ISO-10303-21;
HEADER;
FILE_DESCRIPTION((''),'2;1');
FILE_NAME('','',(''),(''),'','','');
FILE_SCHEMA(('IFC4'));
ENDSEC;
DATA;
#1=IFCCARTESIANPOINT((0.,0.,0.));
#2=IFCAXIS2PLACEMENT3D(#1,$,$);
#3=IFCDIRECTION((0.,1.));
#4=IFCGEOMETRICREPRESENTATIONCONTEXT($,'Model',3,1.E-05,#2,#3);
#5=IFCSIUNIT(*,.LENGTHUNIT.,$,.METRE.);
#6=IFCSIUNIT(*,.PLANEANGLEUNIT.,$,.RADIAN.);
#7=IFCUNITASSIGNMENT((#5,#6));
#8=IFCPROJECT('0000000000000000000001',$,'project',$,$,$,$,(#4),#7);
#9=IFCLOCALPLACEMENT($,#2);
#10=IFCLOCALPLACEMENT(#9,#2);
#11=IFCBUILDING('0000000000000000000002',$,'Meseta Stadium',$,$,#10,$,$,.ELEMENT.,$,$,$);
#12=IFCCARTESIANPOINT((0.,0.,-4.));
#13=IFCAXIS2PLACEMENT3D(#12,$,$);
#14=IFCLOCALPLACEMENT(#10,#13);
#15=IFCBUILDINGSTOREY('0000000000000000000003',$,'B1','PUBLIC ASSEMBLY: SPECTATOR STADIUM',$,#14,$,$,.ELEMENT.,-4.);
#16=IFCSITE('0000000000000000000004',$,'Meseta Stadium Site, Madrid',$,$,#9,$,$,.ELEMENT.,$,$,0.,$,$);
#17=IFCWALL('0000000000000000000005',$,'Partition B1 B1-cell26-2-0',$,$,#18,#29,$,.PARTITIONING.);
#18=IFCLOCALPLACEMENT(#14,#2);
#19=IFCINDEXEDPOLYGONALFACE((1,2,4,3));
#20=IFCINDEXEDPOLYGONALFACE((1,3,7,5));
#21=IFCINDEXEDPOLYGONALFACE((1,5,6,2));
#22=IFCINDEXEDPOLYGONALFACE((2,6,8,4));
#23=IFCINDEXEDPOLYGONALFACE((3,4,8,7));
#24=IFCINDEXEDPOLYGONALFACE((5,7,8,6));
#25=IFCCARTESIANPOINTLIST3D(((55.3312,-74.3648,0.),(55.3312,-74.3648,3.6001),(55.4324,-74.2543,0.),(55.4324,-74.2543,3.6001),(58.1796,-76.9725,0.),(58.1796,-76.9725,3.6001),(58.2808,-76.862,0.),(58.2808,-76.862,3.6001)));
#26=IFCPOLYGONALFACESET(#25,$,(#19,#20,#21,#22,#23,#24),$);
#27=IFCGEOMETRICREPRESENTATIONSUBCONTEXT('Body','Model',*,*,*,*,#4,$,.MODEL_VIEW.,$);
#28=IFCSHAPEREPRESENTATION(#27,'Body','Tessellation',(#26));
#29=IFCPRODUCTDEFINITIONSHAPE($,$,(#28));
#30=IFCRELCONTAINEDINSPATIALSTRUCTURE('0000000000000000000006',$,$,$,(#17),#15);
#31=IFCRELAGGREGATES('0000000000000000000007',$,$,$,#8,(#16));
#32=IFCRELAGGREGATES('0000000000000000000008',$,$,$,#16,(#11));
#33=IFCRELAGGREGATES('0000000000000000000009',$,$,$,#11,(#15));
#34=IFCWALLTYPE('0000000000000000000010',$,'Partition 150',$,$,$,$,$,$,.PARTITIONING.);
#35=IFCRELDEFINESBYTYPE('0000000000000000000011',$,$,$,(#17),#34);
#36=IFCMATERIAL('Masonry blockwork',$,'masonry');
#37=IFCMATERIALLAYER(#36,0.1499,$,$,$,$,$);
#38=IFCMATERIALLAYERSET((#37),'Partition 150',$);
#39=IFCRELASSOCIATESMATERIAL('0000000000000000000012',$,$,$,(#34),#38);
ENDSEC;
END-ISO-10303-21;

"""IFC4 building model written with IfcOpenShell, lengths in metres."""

from ifc_helpers import new_model, si_unit, direction, frame, frame_2d, origin, place, context, subcontext, project, spatial, rectangle, extrude, material, layer, layer_set, type_object, element, save


model = new_model("IFC4")

# Units and contexts
model_context = context("Model", 3, precision=1e-05, world=origin(), true_north=direction((0.0, 1.0)))
body_context = subcontext(model_context, "Body", "Model", "MODEL_VIEW")
ifc_project = project(units=[si_unit("LENGTHUNIT", "METRE"), si_unit("PLANEANGLEUNIT", "RADIAN")], contexts=[model_context])

# Site, building, storey
site_placement = place(None, origin())
site = spatial("IfcSite", under=ifc_project, at=site_placement, Name="Meseta Stadium Site, Madrid", CompositionType="ELEMENT", RefElevation=0.0)
building_placement = place(site_placement, origin())
building = spatial("IfcBuilding", under=site, at=building_placement, Name="Meseta Stadium", CompositionType="ELEMENT")
storey_placement = place(building_placement, frame((0.0, 0.0, -4.0)))
storey = spatial("IfcBuildingStorey", under=building, at=storey_placement, Name="B1", Description="PUBLIC ASSEMBLY: SPECTATOR STADIUM", CompositionType="ELEMENT", Elevation=-4.0)

# Shared definitions
ifc_material_1 = material(Name="Masonry blockwork", Category="masonry")
ifc_layer = layer(ifc_material_1, 0.1499)
ifc_layer_set = layer_set([ifc_layer], Name="Partition 150")
wall_type = type_object("IfcWallType", Name="Partition 150", PredefinedType="PARTITIONING", material=ifc_layer_set)

# Wall
wall_1_placement = place(storey_placement, frame((58.2302, -76.9172, 0.0), z_axis=(0.0, 0.0, 1.0), x_axis=(-0.737587, 0.675252, 0.0)))
element("IfcWall", 1, at=wall_1_placement, inside=storey, type_object=wall_type, Name="Partition B1 B1-cell26-2-0", PredefinedType="PARTITIONING", context=body_context, shape_type="SweptSolid", body=[
    extrude(rectangle(XDim=3.8618, YDim=0.1499, at=frame_2d((1.9309, 0.0))), origin(), (0.0, 0.0, 1.0), 3.6001),
])

save(model, "model.ifc")
